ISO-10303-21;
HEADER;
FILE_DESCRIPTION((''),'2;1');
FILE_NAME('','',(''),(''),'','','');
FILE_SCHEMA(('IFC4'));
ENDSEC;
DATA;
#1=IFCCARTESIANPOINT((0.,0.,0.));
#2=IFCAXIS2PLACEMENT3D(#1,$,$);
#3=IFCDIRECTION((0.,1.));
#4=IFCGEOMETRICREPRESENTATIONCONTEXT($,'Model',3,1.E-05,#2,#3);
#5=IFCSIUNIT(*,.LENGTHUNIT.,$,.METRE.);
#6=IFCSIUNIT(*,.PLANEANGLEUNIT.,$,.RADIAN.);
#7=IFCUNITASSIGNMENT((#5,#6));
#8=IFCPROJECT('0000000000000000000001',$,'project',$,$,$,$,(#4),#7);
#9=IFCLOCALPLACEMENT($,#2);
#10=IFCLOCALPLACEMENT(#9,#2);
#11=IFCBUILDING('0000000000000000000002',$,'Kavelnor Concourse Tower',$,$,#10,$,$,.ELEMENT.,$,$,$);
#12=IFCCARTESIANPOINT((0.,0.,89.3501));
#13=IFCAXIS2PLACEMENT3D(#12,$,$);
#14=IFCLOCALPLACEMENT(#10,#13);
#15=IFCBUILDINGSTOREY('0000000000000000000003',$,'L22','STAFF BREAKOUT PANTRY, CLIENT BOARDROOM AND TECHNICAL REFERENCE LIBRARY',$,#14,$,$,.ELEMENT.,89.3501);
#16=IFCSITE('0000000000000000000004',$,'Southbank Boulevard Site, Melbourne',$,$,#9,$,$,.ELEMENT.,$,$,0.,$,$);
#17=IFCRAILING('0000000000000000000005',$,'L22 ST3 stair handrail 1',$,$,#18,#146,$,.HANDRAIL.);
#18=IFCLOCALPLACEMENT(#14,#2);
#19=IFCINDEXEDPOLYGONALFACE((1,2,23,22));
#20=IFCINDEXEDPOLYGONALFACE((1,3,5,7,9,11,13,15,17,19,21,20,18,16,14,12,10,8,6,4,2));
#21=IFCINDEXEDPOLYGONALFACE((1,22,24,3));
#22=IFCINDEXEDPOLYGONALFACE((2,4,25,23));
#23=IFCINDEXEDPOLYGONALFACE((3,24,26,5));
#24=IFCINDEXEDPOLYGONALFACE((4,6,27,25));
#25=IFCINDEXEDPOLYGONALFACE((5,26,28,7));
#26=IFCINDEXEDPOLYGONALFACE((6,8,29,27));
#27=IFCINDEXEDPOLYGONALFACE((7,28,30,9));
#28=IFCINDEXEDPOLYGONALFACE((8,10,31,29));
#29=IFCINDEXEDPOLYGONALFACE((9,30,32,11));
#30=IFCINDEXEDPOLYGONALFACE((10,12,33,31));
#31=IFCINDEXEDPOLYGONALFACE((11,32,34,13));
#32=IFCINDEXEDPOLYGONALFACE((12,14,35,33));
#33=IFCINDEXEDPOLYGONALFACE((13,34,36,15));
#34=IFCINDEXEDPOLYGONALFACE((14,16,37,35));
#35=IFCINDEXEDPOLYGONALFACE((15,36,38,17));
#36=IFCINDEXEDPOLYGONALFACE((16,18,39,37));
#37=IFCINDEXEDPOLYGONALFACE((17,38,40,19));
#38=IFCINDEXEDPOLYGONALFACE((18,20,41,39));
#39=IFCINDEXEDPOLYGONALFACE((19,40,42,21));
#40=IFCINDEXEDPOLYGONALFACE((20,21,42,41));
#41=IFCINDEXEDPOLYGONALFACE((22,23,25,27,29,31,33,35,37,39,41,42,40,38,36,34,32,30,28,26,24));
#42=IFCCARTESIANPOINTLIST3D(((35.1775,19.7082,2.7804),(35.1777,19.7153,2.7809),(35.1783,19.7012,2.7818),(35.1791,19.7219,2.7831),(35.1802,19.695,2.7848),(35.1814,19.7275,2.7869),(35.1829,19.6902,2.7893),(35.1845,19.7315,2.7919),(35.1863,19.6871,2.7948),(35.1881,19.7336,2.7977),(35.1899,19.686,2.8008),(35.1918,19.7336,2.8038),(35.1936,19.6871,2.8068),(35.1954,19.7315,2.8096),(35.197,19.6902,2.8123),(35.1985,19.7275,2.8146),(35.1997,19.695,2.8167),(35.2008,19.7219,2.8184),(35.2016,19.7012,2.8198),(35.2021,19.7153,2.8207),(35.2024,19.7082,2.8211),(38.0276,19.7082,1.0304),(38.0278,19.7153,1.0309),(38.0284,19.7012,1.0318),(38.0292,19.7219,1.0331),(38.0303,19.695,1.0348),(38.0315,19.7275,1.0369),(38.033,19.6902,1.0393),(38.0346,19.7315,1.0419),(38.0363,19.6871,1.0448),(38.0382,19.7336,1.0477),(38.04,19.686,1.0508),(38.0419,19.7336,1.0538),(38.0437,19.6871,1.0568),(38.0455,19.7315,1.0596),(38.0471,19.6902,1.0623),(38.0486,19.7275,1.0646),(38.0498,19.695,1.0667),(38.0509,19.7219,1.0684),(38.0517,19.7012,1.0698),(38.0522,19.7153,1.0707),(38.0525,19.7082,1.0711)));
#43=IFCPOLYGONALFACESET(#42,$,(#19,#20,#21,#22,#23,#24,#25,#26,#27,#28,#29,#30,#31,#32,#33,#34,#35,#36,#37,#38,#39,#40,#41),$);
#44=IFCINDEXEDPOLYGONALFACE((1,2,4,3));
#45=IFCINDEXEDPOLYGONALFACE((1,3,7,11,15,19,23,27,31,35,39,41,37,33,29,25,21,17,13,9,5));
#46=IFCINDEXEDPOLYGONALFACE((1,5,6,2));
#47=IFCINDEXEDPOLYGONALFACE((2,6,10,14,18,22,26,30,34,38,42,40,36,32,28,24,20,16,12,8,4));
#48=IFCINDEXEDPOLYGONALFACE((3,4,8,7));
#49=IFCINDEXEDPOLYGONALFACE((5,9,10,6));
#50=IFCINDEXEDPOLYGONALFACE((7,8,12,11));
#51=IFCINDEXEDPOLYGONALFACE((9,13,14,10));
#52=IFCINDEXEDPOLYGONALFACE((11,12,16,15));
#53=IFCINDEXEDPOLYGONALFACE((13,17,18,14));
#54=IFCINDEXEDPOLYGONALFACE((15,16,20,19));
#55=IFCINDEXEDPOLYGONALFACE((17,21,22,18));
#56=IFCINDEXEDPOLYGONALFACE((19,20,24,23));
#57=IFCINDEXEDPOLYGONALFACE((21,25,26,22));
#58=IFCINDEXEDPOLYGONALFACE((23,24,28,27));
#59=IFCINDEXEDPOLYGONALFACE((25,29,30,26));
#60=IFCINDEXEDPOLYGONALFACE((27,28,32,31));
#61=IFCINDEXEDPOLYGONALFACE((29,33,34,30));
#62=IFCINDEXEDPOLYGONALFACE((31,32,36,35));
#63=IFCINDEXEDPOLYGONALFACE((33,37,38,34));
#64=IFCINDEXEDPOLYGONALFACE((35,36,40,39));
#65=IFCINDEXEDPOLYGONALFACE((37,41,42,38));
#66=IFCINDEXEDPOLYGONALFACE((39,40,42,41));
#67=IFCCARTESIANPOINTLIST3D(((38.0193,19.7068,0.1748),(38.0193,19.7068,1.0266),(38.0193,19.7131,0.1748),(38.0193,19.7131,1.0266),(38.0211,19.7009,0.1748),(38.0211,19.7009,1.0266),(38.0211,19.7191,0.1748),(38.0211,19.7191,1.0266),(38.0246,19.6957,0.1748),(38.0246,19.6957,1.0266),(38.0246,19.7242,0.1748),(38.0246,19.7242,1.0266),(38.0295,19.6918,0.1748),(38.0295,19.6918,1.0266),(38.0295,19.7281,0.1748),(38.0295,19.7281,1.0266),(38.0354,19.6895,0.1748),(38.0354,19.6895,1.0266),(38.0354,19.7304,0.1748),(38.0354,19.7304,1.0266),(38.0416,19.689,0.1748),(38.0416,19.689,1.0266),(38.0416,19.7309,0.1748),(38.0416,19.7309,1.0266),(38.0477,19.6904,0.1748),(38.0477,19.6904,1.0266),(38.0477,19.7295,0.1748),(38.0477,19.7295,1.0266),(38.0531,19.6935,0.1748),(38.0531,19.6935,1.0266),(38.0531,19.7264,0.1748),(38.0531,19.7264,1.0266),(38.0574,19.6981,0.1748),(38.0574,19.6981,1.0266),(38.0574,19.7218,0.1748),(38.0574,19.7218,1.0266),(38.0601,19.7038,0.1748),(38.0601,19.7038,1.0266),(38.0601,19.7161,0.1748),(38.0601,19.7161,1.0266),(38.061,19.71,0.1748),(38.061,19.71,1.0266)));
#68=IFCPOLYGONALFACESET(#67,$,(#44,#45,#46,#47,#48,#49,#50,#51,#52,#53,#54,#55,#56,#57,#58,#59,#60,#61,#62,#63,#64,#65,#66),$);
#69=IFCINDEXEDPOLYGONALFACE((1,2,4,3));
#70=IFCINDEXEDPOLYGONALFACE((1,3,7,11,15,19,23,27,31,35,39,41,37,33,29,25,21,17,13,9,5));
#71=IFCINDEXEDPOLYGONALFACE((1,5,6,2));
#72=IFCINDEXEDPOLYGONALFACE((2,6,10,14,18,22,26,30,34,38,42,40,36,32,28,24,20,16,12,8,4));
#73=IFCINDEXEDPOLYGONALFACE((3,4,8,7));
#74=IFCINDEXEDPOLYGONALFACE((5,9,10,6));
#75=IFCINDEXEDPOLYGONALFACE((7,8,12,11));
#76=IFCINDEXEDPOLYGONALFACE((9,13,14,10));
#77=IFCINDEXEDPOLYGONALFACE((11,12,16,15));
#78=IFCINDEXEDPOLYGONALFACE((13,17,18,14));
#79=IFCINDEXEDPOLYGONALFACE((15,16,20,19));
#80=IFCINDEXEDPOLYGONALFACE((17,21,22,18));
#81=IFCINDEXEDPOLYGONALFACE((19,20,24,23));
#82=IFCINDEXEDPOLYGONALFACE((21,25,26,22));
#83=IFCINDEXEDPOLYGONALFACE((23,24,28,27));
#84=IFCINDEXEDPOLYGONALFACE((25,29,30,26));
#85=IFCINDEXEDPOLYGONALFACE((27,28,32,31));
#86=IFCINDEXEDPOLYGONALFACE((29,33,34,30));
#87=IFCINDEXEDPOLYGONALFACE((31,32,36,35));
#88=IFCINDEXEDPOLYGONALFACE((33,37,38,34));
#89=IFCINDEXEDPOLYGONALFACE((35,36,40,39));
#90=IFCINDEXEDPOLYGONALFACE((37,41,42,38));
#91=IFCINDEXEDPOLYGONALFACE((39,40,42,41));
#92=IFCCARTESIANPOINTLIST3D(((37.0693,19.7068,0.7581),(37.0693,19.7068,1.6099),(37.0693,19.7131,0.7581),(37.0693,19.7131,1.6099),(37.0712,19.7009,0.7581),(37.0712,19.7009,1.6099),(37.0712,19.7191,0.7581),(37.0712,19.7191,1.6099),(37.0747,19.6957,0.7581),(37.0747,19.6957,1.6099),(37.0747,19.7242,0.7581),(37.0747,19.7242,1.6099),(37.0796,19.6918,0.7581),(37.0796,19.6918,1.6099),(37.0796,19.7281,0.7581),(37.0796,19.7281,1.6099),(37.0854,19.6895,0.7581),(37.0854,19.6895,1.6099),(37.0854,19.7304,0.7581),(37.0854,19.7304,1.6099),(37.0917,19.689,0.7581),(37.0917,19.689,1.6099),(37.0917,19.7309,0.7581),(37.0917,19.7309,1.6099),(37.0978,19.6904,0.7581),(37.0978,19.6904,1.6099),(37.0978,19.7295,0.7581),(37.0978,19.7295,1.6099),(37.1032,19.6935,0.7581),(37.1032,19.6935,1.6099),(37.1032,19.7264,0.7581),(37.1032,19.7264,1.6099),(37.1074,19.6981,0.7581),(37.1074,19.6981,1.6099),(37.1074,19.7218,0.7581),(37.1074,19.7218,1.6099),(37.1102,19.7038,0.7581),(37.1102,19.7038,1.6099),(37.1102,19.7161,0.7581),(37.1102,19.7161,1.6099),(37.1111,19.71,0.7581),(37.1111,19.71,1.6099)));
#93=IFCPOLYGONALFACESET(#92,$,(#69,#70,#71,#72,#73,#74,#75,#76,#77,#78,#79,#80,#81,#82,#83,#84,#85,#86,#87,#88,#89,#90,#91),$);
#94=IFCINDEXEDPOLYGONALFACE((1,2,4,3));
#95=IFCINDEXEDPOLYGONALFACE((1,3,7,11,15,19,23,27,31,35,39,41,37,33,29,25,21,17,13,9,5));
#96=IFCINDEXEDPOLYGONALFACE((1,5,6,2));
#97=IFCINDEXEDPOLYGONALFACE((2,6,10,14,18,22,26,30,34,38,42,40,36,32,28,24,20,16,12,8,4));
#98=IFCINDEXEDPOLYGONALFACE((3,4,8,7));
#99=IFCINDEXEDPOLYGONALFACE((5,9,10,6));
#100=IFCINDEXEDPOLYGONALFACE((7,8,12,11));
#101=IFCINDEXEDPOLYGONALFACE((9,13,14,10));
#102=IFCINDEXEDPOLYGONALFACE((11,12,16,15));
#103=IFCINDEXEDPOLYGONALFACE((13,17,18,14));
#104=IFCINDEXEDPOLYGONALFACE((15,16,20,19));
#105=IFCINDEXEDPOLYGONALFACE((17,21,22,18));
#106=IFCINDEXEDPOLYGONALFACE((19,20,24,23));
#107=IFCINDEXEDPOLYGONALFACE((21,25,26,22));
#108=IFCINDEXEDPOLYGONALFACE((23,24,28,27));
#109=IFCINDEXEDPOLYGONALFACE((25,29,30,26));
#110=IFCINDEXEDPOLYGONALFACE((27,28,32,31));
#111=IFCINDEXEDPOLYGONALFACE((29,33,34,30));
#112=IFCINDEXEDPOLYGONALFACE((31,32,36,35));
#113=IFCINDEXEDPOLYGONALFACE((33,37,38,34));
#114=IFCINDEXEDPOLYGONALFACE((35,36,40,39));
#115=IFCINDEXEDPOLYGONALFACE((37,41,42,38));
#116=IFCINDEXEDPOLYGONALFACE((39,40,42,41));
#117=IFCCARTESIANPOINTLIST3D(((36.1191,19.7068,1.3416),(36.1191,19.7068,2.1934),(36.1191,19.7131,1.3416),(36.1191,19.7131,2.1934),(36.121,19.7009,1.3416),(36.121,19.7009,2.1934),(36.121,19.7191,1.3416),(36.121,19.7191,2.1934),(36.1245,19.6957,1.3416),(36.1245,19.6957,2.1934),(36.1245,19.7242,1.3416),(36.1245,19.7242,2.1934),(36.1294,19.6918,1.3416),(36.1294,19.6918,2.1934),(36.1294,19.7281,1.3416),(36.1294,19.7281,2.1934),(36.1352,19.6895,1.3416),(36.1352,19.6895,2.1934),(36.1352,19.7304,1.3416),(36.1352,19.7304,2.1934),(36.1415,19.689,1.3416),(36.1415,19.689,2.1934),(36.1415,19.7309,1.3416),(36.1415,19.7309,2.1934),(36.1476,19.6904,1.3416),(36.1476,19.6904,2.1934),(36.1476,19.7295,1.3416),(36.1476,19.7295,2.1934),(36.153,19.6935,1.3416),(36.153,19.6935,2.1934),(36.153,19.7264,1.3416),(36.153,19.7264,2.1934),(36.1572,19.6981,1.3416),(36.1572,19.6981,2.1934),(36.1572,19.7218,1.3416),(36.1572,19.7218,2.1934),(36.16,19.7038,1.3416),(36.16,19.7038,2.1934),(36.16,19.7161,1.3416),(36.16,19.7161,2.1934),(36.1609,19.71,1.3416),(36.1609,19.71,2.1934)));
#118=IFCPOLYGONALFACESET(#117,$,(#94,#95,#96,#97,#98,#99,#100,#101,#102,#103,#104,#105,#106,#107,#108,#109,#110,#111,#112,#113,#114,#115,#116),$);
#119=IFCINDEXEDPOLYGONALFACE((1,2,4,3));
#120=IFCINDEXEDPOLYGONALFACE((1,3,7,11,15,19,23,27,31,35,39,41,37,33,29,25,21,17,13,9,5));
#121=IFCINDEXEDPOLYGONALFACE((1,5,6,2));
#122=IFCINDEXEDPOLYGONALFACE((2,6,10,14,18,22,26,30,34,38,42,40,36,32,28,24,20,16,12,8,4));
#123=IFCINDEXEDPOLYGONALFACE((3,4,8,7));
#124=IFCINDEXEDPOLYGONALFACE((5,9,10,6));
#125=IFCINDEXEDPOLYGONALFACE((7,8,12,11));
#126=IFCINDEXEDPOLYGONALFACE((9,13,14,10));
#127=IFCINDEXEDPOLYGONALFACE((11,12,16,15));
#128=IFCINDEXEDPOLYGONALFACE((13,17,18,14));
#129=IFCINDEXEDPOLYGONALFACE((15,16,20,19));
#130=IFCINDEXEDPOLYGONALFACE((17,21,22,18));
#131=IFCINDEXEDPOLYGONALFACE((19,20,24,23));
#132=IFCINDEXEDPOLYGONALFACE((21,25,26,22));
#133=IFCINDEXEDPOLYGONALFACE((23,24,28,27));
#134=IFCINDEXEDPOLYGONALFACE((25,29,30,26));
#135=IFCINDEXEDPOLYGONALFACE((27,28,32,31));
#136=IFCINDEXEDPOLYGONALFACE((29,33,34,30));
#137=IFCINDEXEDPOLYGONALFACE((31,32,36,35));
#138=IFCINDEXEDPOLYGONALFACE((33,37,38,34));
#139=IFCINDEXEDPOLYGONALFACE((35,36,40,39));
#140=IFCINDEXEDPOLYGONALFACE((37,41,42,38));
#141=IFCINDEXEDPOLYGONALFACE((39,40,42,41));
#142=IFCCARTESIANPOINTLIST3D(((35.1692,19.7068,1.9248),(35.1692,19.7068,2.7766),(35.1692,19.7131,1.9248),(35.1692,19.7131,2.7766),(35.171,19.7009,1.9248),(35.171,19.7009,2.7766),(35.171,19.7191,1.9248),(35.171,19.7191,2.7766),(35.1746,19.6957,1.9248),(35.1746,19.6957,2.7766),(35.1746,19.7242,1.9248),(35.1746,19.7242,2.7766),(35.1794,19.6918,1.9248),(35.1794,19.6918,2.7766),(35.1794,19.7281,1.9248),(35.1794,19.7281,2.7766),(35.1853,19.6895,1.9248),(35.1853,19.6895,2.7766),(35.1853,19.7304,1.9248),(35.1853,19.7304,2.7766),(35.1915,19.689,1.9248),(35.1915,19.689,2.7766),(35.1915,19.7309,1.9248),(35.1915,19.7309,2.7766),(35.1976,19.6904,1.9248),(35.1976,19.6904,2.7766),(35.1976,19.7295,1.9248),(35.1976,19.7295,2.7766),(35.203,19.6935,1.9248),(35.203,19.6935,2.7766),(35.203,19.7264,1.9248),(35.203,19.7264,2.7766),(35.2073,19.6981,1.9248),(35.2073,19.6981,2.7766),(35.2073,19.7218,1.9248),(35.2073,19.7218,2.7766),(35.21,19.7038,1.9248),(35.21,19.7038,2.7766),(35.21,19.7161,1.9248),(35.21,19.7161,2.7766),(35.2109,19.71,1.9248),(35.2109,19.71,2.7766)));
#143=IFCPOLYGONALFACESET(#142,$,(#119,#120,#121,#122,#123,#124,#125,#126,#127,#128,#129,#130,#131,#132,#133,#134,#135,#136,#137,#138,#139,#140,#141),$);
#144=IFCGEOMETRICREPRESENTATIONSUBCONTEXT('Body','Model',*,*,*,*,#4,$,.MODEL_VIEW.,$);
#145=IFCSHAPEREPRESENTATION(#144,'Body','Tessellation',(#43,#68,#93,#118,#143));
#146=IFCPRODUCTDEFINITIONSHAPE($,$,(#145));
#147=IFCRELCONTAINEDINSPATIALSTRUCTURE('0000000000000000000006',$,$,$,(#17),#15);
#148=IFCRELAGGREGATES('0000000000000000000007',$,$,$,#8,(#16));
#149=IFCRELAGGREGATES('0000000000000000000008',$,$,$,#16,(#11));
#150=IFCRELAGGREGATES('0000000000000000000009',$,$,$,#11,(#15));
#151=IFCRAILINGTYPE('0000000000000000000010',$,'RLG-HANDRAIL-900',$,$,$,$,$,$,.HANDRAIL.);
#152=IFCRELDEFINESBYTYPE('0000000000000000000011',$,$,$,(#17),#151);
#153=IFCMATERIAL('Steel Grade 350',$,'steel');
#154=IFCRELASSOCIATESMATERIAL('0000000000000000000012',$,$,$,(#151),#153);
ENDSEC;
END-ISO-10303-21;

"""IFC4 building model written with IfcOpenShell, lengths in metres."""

from ifc_helpers import new_model, si_unit, direction, frame, origin, origin_2d, place, context, subcontext, project, spatial, circle, extrude, material, type_object, element, save


model = new_model("IFC4")

# Units and contexts
model_context = context("Model", 3, precision=1e-05, world=origin(), true_north=direction((0.0, 1.0)))
body_context = subcontext(model_context, "Body", "Model", "MODEL_VIEW")
ifc_project = project(units=[si_unit("LENGTHUNIT", "METRE"), si_unit("PLANEANGLEUNIT", "RADIAN")], contexts=[model_context])

# Site, building, storey
site_placement = place(None, origin())
site = spatial("IfcSite", under=ifc_project, at=site_placement, Name="Southbank Boulevard Site, Melbourne", CompositionType="ELEMENT", RefElevation=0.0)
building_placement = place(site_placement, origin())
building = spatial("IfcBuilding", under=site, at=building_placement, Name="Kavelnor Concourse Tower", CompositionType="ELEMENT")
storey_placement = place(building_placement, frame((0.0, 0.0, 89.3501)))
storey = spatial("IfcBuildingStorey", under=building, at=storey_placement, Name="L22", Description="STAFF BREAKOUT PANTRY, CLIENT BOARDROOM AND TECHNICAL REFERENCE LIBRARY", CompositionType="ELEMENT", Elevation=89.3501)

# Shared definitions
ifc_material_1 = material(Name="Steel Grade 350", Category="steel")

# Railing
railing_type_1 = type_object("IfcRailingType", Name="RLG-HANDRAIL-900", PredefinedType="HANDRAIL", material=ifc_material_1)
railing_1_placement = place(storey_placement, frame((38.04, 19.71, 0.1748)))
element("IfcRailing", 1, at=railing_1_placement, inside=storey, type_object=railing_type_1, Name="L22 ST3 stair handrail 1", PredefinedType="HANDRAIL", context=body_context, shape_type="SweptSolid", body=[
    extrude(circle(Radius=0.0239, at=origin_2d()), frame((0.0, 0.0, 0.876), z_axis=(-0.852179, 0.0, 0.52325), x_axis=(0.0, -1.0, 0.0)), (0.0, 0.0, 1.0), 3.3445),
    extrude(circle(Radius=0.021, at=origin_2d()), origin(), (0.0, 0.0, 1.0), 0.8518),
    extrude(circle(Radius=0.021, at=origin_2d()), frame((-0.95, 0.0, 0.5833)), (0.0, 0.0, 1.0), 0.8518),
    extrude(circle(Radius=0.021, at=origin_2d()), frame((-1.9001, 0.0, 1.1667)), (0.0, 0.0, 1.0), 0.8518),
    extrude(circle(Radius=0.021, at=origin_2d()), frame((-2.8501, 0.0, 1.75)), (0.0, 0.0, 1.0), 0.8518),
])

save(model, "model.ifc")
